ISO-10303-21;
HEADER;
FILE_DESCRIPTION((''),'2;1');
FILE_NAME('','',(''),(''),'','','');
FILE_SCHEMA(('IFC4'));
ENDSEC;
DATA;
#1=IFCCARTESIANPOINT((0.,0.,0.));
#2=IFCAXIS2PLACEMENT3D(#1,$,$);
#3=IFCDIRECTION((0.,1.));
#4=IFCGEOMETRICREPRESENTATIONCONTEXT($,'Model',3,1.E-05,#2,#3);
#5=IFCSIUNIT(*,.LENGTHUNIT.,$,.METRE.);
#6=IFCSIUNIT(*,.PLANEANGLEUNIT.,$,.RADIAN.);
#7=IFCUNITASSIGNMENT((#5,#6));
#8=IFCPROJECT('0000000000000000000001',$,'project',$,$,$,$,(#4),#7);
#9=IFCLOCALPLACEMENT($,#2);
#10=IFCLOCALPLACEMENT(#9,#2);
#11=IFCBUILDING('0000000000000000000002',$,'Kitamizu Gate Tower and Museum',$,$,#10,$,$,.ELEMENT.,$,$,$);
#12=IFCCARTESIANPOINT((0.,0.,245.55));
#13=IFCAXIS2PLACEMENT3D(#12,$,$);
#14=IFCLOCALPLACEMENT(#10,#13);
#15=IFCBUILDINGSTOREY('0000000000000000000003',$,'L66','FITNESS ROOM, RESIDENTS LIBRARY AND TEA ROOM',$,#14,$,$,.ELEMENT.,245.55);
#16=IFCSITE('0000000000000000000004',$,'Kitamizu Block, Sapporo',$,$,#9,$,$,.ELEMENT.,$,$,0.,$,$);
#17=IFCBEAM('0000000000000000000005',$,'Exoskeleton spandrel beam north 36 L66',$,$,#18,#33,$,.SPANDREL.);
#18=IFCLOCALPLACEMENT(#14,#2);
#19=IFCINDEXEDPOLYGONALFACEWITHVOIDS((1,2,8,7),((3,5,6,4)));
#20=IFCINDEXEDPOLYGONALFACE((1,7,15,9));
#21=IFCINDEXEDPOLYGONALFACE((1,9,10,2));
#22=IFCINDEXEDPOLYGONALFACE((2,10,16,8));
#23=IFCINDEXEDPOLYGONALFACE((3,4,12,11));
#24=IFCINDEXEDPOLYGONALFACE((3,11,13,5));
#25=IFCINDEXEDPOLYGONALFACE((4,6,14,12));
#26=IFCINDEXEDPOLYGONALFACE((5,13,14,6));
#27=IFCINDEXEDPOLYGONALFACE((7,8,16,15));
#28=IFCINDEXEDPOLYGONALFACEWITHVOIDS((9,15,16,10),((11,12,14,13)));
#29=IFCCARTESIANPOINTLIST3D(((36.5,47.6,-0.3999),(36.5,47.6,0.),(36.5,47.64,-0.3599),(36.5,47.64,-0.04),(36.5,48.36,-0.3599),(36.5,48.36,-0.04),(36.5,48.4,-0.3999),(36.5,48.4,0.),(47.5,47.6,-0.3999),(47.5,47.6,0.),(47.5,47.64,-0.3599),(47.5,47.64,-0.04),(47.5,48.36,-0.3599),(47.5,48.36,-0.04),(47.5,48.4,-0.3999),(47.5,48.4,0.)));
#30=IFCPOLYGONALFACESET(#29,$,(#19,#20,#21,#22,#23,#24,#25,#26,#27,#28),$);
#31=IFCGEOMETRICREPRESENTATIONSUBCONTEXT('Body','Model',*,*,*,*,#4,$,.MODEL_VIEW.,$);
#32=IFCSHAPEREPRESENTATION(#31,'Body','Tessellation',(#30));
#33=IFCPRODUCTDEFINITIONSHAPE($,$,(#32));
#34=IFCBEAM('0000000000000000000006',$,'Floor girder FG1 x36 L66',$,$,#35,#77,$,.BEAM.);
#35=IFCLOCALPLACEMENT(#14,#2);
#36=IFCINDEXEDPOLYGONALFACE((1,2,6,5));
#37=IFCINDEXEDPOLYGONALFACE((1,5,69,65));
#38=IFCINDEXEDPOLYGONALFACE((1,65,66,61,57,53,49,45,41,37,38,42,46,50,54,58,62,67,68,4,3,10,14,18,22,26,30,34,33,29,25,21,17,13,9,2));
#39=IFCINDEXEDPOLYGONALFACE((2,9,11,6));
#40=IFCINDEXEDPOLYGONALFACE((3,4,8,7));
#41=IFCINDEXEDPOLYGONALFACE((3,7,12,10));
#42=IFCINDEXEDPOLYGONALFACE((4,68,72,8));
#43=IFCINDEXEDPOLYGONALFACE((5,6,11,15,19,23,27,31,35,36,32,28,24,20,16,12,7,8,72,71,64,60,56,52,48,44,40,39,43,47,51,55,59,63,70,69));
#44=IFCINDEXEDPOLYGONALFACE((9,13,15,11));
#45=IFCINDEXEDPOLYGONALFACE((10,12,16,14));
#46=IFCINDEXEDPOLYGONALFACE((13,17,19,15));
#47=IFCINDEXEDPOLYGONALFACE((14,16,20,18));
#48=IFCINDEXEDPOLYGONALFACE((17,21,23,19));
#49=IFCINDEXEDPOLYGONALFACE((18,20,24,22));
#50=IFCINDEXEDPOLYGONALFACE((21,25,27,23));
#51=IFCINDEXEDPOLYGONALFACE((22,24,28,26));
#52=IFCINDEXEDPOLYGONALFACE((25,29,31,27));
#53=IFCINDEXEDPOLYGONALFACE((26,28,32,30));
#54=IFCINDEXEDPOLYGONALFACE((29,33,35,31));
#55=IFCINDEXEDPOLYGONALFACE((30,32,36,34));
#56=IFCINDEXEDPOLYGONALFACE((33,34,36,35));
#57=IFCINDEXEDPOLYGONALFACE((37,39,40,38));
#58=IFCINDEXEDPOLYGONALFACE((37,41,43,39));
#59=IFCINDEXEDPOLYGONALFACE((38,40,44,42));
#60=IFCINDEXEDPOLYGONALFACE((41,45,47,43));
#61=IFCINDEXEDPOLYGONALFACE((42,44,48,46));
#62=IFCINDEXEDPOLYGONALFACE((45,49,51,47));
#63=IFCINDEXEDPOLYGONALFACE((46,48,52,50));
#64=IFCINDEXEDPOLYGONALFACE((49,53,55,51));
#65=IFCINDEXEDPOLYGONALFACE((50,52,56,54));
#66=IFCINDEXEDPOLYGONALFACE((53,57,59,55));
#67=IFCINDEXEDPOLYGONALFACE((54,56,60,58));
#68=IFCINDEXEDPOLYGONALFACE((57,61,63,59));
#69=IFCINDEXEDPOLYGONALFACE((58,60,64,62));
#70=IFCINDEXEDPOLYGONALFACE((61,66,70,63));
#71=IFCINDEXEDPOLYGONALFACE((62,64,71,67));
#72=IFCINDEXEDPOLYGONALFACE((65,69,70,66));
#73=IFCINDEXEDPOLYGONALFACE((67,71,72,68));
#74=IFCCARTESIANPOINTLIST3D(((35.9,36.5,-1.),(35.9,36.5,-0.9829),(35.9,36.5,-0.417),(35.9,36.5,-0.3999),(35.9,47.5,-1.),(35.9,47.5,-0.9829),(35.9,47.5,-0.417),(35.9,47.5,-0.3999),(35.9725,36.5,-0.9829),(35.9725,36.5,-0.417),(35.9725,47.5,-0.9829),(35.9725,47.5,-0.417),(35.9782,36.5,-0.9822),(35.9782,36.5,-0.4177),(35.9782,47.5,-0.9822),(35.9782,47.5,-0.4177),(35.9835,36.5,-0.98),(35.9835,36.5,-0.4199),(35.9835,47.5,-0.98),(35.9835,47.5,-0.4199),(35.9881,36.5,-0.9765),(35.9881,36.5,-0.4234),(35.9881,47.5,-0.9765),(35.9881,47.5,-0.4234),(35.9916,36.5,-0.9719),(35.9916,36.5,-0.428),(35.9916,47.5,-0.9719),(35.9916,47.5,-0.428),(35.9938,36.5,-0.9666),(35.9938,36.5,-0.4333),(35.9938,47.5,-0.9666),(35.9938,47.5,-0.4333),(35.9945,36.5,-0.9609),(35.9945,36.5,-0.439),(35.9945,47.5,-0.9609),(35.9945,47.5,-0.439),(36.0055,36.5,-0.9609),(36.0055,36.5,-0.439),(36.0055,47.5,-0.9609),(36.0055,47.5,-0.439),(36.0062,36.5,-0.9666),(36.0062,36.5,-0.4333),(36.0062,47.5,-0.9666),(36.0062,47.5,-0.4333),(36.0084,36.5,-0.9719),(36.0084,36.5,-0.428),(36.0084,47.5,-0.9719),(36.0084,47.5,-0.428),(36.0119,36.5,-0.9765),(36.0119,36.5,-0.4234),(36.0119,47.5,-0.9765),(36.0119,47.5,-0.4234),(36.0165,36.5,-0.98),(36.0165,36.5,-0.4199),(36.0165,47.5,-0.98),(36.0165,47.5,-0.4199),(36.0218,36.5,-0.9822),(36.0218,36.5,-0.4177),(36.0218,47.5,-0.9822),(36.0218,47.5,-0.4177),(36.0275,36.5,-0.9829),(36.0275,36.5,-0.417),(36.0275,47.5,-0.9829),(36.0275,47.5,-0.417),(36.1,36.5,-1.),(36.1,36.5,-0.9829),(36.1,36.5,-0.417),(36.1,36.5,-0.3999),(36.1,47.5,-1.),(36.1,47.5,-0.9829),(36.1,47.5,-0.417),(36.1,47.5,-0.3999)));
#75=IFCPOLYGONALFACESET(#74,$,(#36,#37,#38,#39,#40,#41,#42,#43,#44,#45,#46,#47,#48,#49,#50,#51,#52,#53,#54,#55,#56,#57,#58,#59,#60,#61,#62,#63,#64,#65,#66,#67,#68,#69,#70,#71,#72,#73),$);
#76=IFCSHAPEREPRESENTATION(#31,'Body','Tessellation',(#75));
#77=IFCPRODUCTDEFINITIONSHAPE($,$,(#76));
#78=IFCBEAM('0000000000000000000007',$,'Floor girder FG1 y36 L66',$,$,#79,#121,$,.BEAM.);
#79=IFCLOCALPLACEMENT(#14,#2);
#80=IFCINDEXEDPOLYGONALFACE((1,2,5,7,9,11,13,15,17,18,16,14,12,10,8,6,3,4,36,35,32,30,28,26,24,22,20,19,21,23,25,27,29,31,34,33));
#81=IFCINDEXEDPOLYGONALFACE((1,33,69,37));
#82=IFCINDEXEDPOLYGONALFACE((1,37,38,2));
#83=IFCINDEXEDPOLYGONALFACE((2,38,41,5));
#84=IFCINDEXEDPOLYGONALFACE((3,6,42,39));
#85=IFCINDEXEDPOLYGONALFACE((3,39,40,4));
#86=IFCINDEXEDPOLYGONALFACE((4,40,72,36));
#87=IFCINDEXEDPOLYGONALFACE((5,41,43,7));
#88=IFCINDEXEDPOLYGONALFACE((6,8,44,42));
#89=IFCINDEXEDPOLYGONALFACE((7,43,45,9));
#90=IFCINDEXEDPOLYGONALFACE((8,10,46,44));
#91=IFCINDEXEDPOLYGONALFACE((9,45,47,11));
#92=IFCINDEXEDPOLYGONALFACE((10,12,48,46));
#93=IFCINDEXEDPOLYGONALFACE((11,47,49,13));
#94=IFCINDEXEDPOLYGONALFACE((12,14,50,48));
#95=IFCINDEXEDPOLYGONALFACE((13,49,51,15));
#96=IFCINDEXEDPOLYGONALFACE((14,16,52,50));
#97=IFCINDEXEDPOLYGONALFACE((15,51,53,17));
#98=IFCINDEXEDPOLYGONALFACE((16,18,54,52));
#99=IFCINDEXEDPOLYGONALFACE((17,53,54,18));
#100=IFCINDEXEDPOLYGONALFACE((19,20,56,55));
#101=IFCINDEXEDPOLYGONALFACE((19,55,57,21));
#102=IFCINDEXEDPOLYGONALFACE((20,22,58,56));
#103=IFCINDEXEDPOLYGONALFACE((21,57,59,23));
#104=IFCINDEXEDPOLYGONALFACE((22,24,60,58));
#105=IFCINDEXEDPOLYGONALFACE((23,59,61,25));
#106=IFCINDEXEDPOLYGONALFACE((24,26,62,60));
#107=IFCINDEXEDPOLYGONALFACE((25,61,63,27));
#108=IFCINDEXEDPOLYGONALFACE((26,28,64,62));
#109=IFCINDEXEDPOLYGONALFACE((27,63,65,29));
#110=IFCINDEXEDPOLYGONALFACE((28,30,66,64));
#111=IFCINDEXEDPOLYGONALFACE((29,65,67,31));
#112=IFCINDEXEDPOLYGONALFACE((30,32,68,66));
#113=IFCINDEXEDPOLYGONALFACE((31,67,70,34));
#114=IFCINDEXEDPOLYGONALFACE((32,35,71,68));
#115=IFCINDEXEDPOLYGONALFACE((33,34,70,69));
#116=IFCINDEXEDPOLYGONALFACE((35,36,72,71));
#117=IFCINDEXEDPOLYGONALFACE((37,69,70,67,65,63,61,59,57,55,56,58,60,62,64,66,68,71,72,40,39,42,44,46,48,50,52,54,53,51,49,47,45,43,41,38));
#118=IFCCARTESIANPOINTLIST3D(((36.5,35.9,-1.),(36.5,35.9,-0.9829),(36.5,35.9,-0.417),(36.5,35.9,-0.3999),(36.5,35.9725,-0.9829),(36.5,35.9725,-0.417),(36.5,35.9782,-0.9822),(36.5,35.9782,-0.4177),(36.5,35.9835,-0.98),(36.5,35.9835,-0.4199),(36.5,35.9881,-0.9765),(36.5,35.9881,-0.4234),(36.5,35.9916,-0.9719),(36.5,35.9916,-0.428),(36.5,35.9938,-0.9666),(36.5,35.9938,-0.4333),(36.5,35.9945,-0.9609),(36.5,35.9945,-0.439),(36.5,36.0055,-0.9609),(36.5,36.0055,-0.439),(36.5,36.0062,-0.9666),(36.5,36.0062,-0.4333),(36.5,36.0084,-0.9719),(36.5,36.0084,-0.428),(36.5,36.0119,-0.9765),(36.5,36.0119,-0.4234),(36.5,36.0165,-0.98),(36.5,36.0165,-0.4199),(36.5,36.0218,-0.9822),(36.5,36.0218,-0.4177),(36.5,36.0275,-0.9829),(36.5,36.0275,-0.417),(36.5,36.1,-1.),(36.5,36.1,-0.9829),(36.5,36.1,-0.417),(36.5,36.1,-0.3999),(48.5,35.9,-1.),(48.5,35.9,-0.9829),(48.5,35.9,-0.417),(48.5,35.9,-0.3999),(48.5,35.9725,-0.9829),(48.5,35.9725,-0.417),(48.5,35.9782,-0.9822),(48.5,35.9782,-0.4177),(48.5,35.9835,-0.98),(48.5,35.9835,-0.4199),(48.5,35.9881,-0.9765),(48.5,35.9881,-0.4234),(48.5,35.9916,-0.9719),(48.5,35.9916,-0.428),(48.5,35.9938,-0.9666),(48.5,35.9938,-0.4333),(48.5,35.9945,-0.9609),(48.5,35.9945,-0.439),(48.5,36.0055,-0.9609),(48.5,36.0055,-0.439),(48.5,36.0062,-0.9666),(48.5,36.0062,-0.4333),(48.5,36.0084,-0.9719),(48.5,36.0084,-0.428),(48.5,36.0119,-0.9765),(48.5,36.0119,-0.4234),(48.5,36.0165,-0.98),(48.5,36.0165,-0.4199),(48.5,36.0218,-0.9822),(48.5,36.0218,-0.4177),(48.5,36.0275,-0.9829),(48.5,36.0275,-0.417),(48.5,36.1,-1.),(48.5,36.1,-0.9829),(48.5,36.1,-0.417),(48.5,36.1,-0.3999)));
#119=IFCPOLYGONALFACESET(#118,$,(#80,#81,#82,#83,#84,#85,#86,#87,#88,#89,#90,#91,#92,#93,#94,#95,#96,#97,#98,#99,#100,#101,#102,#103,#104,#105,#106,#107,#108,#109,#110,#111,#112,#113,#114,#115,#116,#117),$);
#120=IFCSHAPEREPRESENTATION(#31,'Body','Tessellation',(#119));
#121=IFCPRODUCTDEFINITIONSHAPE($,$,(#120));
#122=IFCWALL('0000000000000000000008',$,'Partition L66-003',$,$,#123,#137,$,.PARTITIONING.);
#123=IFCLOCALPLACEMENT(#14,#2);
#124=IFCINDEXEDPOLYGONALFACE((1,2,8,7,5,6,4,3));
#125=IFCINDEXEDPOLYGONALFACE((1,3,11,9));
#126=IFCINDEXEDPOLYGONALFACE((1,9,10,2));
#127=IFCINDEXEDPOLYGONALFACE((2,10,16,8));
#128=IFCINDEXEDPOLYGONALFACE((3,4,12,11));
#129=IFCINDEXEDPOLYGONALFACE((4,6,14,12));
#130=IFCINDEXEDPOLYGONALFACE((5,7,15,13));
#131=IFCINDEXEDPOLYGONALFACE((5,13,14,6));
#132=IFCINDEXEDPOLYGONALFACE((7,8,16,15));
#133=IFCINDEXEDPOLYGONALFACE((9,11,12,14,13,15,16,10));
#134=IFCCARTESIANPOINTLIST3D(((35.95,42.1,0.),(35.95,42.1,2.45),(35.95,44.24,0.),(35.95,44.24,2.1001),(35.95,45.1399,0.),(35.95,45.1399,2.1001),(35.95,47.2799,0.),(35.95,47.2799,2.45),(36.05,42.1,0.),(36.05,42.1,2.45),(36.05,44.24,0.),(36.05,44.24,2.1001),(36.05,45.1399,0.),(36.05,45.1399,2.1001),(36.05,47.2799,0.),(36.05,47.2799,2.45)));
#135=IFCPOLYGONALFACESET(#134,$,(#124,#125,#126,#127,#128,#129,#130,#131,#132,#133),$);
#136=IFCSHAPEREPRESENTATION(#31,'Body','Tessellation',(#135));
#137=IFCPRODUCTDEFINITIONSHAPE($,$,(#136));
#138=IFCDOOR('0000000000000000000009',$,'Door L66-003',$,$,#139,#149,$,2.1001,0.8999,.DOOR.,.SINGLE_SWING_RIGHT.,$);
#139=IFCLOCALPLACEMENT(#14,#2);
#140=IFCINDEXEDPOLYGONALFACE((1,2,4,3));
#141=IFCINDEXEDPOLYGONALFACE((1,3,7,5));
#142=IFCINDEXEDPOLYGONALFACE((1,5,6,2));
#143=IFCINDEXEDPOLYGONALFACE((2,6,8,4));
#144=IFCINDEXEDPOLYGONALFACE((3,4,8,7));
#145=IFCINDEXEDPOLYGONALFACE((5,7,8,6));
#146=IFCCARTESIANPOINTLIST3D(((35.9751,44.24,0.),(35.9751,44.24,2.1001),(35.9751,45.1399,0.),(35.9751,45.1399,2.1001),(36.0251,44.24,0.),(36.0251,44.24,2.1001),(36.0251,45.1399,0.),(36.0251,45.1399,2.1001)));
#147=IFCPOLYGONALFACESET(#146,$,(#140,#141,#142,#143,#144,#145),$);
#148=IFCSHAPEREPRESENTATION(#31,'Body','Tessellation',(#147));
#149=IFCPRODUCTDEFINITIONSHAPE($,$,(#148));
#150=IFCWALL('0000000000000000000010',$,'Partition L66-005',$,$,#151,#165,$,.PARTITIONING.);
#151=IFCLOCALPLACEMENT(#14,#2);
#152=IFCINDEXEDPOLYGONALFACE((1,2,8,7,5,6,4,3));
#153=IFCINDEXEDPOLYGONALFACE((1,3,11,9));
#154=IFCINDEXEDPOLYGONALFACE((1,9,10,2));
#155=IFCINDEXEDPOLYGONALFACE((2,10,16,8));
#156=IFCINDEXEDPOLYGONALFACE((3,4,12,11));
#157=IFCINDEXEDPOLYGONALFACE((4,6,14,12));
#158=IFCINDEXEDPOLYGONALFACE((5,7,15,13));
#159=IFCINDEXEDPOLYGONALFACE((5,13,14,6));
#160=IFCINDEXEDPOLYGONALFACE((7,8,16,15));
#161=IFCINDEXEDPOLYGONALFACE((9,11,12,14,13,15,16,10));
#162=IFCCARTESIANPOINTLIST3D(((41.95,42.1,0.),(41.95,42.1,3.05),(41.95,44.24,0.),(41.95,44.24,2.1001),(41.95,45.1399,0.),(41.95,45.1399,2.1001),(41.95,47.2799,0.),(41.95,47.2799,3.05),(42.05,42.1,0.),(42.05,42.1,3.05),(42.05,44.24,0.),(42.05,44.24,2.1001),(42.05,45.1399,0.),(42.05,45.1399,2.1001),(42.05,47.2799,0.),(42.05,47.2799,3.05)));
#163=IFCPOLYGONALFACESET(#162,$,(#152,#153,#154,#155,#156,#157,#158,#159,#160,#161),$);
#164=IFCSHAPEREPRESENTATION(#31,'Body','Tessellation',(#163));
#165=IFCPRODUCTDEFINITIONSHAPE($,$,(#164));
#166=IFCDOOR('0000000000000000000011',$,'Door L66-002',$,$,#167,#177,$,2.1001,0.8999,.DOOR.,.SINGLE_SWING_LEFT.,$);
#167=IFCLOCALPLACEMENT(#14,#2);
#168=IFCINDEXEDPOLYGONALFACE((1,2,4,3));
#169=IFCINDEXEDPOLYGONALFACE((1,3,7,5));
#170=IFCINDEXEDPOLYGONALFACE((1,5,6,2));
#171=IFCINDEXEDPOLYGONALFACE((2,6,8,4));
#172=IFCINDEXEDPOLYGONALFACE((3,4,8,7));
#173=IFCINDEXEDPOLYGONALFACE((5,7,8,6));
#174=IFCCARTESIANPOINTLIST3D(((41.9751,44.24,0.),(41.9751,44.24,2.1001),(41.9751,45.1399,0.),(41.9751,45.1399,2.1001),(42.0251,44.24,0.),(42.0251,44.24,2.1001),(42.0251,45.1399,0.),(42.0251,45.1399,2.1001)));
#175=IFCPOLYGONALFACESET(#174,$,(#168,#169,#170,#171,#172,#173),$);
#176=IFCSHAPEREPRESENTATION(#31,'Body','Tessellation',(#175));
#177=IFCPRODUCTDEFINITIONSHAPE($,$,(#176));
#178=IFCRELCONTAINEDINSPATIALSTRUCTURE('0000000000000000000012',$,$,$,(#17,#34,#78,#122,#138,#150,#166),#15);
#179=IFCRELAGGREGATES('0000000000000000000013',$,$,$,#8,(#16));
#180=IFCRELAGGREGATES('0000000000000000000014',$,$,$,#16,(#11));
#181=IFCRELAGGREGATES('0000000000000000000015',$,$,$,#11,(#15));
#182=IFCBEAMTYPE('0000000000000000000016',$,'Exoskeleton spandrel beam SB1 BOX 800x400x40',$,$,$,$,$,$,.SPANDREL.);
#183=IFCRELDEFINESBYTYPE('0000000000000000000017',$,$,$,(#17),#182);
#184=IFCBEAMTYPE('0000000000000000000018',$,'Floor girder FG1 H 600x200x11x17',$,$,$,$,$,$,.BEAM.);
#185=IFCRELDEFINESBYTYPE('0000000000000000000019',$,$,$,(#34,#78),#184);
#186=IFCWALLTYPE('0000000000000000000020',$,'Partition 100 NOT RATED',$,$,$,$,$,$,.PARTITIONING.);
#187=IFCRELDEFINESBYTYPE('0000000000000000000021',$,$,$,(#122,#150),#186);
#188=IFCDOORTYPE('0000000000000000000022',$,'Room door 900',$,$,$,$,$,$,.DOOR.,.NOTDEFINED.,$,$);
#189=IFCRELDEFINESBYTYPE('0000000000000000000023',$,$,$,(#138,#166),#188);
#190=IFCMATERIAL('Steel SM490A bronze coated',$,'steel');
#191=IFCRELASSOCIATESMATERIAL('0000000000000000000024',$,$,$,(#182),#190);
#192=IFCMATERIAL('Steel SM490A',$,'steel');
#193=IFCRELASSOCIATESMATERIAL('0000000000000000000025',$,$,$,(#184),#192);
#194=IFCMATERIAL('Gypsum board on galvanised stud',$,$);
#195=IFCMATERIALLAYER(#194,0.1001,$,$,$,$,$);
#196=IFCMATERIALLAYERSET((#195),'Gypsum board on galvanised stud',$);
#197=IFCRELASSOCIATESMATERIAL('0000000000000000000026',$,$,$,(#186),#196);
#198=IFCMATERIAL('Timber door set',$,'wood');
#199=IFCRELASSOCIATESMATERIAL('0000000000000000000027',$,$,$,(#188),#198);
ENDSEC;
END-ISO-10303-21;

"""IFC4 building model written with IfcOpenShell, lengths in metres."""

from ifc_helpers import new_model, si_unit, direction, frame, frame_2d, origin, origin_2d, place, context, subcontext, project, spatial, rectangle, hollow_rectangle, i_section, extrude, material, layer, layer_set, material_profile, profile_set, type_object, element, fill, save


model = new_model("IFC4")

# Units and contexts
model_context = context("Model", 3, precision=1e-05, world=origin(), true_north=direction((0.0, 1.0)))
body_context = subcontext(model_context, "Body", "Model", "MODEL_VIEW")
ifc_project = project(units=[si_unit("LENGTHUNIT", "METRE"), si_unit("PLANEANGLEUNIT", "RADIAN")], contexts=[model_context])

# Site, building, storey
site_placement = place(None, origin())
site = spatial("IfcSite", under=ifc_project, at=site_placement, Name="Kitamizu Block, Sapporo", CompositionType="ELEMENT", RefElevation=0.0)
building_placement = place(site_placement, origin())
building = spatial("IfcBuilding", under=site, at=building_placement, Name="Kitamizu Gate Tower and Museum", CompositionType="ELEMENT")
storey_placement = place(building_placement, frame((0.0, 0.0, 245.55)))
storey = spatial("IfcBuildingStorey", under=building, at=storey_placement, Name="L66", Description="FITNESS ROOM, RESIDENTS LIBRARY AND TEA ROOM", CompositionType="ELEMENT", Elevation=245.55)

# Beams
ifc_material_1 = material(Name="Steel SM490A bronze coated", Category="steel")
ifc_material_profile_1 = material_profile(ifc_material_1, hollow_rectangle(XDim=0.8, YDim=0.3999, WallThickness=0.04, at=origin_2d()), Name="BOX 800x400x40")
ifc_profile_set_1 = profile_set([ifc_material_profile_1], Name="Steel SM490A bronze coated")
beam_type_1 = type_object("IfcBeamType", Name="Exoskeleton spandrel beam SB1 BOX 800x400x40", PredefinedType="SPANDREL", material=ifc_profile_set_1)
beam_1_placement = place(storey_placement, frame((36.5, 48.0, -0.2), z_axis=(1.0, 0.0, 0.0), x_axis=(0.0, 1.0, 0.0)))
element("IfcBeam", 1, at=beam_1_placement, inside=storey, type_object=beam_type_1, Name="Exoskeleton spandrel beam north 36 L66", PredefinedType="SPANDREL", context=body_context, shape_type="SweptSolid", body=[
    extrude(hollow_rectangle(XDim=0.8, YDim=0.3999, WallThickness=0.04, at=origin_2d()), origin(), (0.0, 0.0, 1.0), 11.0),
])
ifc_material_2 = material(Name="Steel SM490A", Category="steel")
ifc_material_profile_2 = material_profile(ifc_material_2, i_section(OverallWidth=0.2, OverallDepth=0.6001, WebThickness=0.011, FlangeThickness=0.0171, FilletRadius=0.022, at=origin_2d()), Name="H-600x200x11x17")
ifc_profile_set_2 = profile_set([ifc_material_profile_2], Name="Steel SM490A")
beam_type_2 = type_object("IfcBeamType", Name="Floor girder FG1 H 600x200x11x17", PredefinedType="BEAM", material=ifc_profile_set_2)
beam_2_placement = place(storey_placement, frame((36.0, 36.5, -0.7), z_axis=(0.0, 1.0, 0.0), x_axis=(-1.0, 0.0, 0.0)))
element("IfcBeam", 2, at=beam_2_placement, inside=storey, type_object=beam_type_2, Name="Floor girder FG1 x36 L66", PredefinedType="BEAM", context=body_context, shape_type="SweptSolid", body=[
    extrude(i_section(OverallWidth=0.2, OverallDepth=0.6001, WebThickness=0.011, FlangeThickness=0.0171, FilletRadius=0.022, at=origin_2d()), origin(), (0.0, 0.0, 1.0), 11.0),
])
beam_3_placement = place(storey_placement, frame((36.5, 36.0, -0.7), z_axis=(1.0, 0.0, 0.0), x_axis=(0.0, 1.0, 0.0)))
element("IfcBeam", 3, at=beam_3_placement, inside=storey, type_object=beam_type_2, Name="Floor girder FG1 y36 L66", PredefinedType="BEAM", context=body_context, shape_type="SweptSolid", body=[
    extrude(i_section(OverallWidth=0.2, OverallDepth=0.6001, WebThickness=0.011, FlangeThickness=0.0171, FilletRadius=0.022, at=origin_2d()), origin(), (0.0, 0.0, 1.0), 12.0),
])

# Walls, openings, doors
ifc_material_3 = material(Name="Gypsum board on galvanised stud")
ifc_layer_1 = layer(ifc_material_3, 0.1001)
ifc_layer_set_1 = layer_set([ifc_layer_1], Name="Gypsum board on galvanised stud")
wall_type_1 = type_object("IfcWallType", Name="Partition 100 NOT RATED", PredefinedType="PARTITIONING", material=ifc_layer_set_1)
wall_1_placement = place(storey_placement, frame((36.0, 42.1001, 0.0), z_axis=(0.0, 0.0, 1.0), x_axis=(0.0, 1.0, 0.0)))
wall_1 = element("IfcWall", 4, at=wall_1_placement, inside=storey, type_object=wall_type_1, Name="Partition L66-003", PredefinedType="PARTITIONING", context=body_context, shape_type="SweptSolid", body=[
    extrude(rectangle(XDim=5.1799, YDim=0.1001, at=frame_2d((2.5898, 0.0))), origin(), (0.0, 0.0, 1.0), 2.45),
])
opening_1_placement = place(wall_1_placement, frame((2.1399, 0.0, 0.0)))
opening_1 = element("IfcOpeningElement", 5, at=opening_1_placement, cuts=wall_1, PredefinedType="OPENING", context=body_context, shape_type="SweptSolid", body=[
    extrude(rectangle(XDim=0.8999, YDim=2.1001, at=frame_2d((0.45, 1.05))), frame((0.0, 0.0601, 0.0), z_axis=(0.0, -1.0, 0.0), x_axis=(1.0, 0.0, 0.0)), (0.0, 0.0, 1.0), 0.1201),
])
ifc_material_4 = material(Name="Timber door set", Category="wood")
door_type_1 = type_object("IfcDoorType", Name="Room door 900", OperationType="NOTDEFINED", PredefinedType="DOOR", material=ifc_material_4)
door_1_placement = place(opening_1_placement, origin())
door_1 = element("IfcDoor", 6, at=door_1_placement, inside=storey, type_object=door_type_1, Name="Door L66-003", OperationType="SINGLE_SWING_RIGHT", OverallHeight=2.1001, OverallWidth=0.8999, PredefinedType="DOOR", context=body_context, shape_type="SweptSolid", body=[
    extrude(rectangle(XDim=0.8999, YDim=2.1001, at=frame_2d((0.45, 1.05))), frame((0.0, 0.0249, 0.0), z_axis=(0.0, -1.0, 0.0), x_axis=(1.0, 0.0, 0.0)), (0.0, 0.0, 1.0), 0.05),
])
fill(opening_1, door_1)
wall_2_placement = place(storey_placement, frame((42.0, 42.1001, 0.0), z_axis=(0.0, 0.0, 1.0), x_axis=(0.0, 1.0, 0.0)))
wall_2 = element("IfcWall", 7, at=wall_2_placement, inside=storey, type_object=wall_type_1, Name="Partition L66-005", PredefinedType="PARTITIONING", context=body_context, shape_type="SweptSolid", body=[
    extrude(rectangle(XDim=5.1799, YDim=0.1001, at=frame_2d((2.5898, 0.0))), origin(), (0.0, 0.0, 1.0), 3.05),
])
opening_2_placement = place(wall_2_placement, frame((2.1399, 0.0, 0.0)))
opening_2 = element("IfcOpeningElement", 8, at=opening_2_placement, cuts=wall_2, PredefinedType="OPENING", context=body_context, shape_type="SweptSolid", body=[
    extrude(rectangle(XDim=0.8999, YDim=2.1001, at=frame_2d((0.45, 1.05))), frame((0.0, 0.0601, 0.0), z_axis=(0.0, -1.0, 0.0), x_axis=(1.0, 0.0, 0.0)), (0.0, 0.0, 1.0), 0.1201),
])
door_2_placement = place(opening_2_placement, origin())
door_2 = element("IfcDoor", 9, at=door_2_placement, inside=storey, type_object=door_type_1, Name="Door L66-002", OperationType="SINGLE_SWING_LEFT", OverallHeight=2.1001, OverallWidth=0.8999, PredefinedType="DOOR", context=body_context, shape_type="SweptSolid", body=[
    extrude(rectangle(XDim=0.8999, YDim=2.1001, at=frame_2d((0.45, 1.05))), frame((0.0, 0.0249, 0.0), z_axis=(0.0, -1.0, 0.0), x_axis=(1.0, 0.0, 0.0)), (0.0, 0.0, 1.0), 0.05),
])
fill(opening_2, door_2)

save(model, "model.ifc")
